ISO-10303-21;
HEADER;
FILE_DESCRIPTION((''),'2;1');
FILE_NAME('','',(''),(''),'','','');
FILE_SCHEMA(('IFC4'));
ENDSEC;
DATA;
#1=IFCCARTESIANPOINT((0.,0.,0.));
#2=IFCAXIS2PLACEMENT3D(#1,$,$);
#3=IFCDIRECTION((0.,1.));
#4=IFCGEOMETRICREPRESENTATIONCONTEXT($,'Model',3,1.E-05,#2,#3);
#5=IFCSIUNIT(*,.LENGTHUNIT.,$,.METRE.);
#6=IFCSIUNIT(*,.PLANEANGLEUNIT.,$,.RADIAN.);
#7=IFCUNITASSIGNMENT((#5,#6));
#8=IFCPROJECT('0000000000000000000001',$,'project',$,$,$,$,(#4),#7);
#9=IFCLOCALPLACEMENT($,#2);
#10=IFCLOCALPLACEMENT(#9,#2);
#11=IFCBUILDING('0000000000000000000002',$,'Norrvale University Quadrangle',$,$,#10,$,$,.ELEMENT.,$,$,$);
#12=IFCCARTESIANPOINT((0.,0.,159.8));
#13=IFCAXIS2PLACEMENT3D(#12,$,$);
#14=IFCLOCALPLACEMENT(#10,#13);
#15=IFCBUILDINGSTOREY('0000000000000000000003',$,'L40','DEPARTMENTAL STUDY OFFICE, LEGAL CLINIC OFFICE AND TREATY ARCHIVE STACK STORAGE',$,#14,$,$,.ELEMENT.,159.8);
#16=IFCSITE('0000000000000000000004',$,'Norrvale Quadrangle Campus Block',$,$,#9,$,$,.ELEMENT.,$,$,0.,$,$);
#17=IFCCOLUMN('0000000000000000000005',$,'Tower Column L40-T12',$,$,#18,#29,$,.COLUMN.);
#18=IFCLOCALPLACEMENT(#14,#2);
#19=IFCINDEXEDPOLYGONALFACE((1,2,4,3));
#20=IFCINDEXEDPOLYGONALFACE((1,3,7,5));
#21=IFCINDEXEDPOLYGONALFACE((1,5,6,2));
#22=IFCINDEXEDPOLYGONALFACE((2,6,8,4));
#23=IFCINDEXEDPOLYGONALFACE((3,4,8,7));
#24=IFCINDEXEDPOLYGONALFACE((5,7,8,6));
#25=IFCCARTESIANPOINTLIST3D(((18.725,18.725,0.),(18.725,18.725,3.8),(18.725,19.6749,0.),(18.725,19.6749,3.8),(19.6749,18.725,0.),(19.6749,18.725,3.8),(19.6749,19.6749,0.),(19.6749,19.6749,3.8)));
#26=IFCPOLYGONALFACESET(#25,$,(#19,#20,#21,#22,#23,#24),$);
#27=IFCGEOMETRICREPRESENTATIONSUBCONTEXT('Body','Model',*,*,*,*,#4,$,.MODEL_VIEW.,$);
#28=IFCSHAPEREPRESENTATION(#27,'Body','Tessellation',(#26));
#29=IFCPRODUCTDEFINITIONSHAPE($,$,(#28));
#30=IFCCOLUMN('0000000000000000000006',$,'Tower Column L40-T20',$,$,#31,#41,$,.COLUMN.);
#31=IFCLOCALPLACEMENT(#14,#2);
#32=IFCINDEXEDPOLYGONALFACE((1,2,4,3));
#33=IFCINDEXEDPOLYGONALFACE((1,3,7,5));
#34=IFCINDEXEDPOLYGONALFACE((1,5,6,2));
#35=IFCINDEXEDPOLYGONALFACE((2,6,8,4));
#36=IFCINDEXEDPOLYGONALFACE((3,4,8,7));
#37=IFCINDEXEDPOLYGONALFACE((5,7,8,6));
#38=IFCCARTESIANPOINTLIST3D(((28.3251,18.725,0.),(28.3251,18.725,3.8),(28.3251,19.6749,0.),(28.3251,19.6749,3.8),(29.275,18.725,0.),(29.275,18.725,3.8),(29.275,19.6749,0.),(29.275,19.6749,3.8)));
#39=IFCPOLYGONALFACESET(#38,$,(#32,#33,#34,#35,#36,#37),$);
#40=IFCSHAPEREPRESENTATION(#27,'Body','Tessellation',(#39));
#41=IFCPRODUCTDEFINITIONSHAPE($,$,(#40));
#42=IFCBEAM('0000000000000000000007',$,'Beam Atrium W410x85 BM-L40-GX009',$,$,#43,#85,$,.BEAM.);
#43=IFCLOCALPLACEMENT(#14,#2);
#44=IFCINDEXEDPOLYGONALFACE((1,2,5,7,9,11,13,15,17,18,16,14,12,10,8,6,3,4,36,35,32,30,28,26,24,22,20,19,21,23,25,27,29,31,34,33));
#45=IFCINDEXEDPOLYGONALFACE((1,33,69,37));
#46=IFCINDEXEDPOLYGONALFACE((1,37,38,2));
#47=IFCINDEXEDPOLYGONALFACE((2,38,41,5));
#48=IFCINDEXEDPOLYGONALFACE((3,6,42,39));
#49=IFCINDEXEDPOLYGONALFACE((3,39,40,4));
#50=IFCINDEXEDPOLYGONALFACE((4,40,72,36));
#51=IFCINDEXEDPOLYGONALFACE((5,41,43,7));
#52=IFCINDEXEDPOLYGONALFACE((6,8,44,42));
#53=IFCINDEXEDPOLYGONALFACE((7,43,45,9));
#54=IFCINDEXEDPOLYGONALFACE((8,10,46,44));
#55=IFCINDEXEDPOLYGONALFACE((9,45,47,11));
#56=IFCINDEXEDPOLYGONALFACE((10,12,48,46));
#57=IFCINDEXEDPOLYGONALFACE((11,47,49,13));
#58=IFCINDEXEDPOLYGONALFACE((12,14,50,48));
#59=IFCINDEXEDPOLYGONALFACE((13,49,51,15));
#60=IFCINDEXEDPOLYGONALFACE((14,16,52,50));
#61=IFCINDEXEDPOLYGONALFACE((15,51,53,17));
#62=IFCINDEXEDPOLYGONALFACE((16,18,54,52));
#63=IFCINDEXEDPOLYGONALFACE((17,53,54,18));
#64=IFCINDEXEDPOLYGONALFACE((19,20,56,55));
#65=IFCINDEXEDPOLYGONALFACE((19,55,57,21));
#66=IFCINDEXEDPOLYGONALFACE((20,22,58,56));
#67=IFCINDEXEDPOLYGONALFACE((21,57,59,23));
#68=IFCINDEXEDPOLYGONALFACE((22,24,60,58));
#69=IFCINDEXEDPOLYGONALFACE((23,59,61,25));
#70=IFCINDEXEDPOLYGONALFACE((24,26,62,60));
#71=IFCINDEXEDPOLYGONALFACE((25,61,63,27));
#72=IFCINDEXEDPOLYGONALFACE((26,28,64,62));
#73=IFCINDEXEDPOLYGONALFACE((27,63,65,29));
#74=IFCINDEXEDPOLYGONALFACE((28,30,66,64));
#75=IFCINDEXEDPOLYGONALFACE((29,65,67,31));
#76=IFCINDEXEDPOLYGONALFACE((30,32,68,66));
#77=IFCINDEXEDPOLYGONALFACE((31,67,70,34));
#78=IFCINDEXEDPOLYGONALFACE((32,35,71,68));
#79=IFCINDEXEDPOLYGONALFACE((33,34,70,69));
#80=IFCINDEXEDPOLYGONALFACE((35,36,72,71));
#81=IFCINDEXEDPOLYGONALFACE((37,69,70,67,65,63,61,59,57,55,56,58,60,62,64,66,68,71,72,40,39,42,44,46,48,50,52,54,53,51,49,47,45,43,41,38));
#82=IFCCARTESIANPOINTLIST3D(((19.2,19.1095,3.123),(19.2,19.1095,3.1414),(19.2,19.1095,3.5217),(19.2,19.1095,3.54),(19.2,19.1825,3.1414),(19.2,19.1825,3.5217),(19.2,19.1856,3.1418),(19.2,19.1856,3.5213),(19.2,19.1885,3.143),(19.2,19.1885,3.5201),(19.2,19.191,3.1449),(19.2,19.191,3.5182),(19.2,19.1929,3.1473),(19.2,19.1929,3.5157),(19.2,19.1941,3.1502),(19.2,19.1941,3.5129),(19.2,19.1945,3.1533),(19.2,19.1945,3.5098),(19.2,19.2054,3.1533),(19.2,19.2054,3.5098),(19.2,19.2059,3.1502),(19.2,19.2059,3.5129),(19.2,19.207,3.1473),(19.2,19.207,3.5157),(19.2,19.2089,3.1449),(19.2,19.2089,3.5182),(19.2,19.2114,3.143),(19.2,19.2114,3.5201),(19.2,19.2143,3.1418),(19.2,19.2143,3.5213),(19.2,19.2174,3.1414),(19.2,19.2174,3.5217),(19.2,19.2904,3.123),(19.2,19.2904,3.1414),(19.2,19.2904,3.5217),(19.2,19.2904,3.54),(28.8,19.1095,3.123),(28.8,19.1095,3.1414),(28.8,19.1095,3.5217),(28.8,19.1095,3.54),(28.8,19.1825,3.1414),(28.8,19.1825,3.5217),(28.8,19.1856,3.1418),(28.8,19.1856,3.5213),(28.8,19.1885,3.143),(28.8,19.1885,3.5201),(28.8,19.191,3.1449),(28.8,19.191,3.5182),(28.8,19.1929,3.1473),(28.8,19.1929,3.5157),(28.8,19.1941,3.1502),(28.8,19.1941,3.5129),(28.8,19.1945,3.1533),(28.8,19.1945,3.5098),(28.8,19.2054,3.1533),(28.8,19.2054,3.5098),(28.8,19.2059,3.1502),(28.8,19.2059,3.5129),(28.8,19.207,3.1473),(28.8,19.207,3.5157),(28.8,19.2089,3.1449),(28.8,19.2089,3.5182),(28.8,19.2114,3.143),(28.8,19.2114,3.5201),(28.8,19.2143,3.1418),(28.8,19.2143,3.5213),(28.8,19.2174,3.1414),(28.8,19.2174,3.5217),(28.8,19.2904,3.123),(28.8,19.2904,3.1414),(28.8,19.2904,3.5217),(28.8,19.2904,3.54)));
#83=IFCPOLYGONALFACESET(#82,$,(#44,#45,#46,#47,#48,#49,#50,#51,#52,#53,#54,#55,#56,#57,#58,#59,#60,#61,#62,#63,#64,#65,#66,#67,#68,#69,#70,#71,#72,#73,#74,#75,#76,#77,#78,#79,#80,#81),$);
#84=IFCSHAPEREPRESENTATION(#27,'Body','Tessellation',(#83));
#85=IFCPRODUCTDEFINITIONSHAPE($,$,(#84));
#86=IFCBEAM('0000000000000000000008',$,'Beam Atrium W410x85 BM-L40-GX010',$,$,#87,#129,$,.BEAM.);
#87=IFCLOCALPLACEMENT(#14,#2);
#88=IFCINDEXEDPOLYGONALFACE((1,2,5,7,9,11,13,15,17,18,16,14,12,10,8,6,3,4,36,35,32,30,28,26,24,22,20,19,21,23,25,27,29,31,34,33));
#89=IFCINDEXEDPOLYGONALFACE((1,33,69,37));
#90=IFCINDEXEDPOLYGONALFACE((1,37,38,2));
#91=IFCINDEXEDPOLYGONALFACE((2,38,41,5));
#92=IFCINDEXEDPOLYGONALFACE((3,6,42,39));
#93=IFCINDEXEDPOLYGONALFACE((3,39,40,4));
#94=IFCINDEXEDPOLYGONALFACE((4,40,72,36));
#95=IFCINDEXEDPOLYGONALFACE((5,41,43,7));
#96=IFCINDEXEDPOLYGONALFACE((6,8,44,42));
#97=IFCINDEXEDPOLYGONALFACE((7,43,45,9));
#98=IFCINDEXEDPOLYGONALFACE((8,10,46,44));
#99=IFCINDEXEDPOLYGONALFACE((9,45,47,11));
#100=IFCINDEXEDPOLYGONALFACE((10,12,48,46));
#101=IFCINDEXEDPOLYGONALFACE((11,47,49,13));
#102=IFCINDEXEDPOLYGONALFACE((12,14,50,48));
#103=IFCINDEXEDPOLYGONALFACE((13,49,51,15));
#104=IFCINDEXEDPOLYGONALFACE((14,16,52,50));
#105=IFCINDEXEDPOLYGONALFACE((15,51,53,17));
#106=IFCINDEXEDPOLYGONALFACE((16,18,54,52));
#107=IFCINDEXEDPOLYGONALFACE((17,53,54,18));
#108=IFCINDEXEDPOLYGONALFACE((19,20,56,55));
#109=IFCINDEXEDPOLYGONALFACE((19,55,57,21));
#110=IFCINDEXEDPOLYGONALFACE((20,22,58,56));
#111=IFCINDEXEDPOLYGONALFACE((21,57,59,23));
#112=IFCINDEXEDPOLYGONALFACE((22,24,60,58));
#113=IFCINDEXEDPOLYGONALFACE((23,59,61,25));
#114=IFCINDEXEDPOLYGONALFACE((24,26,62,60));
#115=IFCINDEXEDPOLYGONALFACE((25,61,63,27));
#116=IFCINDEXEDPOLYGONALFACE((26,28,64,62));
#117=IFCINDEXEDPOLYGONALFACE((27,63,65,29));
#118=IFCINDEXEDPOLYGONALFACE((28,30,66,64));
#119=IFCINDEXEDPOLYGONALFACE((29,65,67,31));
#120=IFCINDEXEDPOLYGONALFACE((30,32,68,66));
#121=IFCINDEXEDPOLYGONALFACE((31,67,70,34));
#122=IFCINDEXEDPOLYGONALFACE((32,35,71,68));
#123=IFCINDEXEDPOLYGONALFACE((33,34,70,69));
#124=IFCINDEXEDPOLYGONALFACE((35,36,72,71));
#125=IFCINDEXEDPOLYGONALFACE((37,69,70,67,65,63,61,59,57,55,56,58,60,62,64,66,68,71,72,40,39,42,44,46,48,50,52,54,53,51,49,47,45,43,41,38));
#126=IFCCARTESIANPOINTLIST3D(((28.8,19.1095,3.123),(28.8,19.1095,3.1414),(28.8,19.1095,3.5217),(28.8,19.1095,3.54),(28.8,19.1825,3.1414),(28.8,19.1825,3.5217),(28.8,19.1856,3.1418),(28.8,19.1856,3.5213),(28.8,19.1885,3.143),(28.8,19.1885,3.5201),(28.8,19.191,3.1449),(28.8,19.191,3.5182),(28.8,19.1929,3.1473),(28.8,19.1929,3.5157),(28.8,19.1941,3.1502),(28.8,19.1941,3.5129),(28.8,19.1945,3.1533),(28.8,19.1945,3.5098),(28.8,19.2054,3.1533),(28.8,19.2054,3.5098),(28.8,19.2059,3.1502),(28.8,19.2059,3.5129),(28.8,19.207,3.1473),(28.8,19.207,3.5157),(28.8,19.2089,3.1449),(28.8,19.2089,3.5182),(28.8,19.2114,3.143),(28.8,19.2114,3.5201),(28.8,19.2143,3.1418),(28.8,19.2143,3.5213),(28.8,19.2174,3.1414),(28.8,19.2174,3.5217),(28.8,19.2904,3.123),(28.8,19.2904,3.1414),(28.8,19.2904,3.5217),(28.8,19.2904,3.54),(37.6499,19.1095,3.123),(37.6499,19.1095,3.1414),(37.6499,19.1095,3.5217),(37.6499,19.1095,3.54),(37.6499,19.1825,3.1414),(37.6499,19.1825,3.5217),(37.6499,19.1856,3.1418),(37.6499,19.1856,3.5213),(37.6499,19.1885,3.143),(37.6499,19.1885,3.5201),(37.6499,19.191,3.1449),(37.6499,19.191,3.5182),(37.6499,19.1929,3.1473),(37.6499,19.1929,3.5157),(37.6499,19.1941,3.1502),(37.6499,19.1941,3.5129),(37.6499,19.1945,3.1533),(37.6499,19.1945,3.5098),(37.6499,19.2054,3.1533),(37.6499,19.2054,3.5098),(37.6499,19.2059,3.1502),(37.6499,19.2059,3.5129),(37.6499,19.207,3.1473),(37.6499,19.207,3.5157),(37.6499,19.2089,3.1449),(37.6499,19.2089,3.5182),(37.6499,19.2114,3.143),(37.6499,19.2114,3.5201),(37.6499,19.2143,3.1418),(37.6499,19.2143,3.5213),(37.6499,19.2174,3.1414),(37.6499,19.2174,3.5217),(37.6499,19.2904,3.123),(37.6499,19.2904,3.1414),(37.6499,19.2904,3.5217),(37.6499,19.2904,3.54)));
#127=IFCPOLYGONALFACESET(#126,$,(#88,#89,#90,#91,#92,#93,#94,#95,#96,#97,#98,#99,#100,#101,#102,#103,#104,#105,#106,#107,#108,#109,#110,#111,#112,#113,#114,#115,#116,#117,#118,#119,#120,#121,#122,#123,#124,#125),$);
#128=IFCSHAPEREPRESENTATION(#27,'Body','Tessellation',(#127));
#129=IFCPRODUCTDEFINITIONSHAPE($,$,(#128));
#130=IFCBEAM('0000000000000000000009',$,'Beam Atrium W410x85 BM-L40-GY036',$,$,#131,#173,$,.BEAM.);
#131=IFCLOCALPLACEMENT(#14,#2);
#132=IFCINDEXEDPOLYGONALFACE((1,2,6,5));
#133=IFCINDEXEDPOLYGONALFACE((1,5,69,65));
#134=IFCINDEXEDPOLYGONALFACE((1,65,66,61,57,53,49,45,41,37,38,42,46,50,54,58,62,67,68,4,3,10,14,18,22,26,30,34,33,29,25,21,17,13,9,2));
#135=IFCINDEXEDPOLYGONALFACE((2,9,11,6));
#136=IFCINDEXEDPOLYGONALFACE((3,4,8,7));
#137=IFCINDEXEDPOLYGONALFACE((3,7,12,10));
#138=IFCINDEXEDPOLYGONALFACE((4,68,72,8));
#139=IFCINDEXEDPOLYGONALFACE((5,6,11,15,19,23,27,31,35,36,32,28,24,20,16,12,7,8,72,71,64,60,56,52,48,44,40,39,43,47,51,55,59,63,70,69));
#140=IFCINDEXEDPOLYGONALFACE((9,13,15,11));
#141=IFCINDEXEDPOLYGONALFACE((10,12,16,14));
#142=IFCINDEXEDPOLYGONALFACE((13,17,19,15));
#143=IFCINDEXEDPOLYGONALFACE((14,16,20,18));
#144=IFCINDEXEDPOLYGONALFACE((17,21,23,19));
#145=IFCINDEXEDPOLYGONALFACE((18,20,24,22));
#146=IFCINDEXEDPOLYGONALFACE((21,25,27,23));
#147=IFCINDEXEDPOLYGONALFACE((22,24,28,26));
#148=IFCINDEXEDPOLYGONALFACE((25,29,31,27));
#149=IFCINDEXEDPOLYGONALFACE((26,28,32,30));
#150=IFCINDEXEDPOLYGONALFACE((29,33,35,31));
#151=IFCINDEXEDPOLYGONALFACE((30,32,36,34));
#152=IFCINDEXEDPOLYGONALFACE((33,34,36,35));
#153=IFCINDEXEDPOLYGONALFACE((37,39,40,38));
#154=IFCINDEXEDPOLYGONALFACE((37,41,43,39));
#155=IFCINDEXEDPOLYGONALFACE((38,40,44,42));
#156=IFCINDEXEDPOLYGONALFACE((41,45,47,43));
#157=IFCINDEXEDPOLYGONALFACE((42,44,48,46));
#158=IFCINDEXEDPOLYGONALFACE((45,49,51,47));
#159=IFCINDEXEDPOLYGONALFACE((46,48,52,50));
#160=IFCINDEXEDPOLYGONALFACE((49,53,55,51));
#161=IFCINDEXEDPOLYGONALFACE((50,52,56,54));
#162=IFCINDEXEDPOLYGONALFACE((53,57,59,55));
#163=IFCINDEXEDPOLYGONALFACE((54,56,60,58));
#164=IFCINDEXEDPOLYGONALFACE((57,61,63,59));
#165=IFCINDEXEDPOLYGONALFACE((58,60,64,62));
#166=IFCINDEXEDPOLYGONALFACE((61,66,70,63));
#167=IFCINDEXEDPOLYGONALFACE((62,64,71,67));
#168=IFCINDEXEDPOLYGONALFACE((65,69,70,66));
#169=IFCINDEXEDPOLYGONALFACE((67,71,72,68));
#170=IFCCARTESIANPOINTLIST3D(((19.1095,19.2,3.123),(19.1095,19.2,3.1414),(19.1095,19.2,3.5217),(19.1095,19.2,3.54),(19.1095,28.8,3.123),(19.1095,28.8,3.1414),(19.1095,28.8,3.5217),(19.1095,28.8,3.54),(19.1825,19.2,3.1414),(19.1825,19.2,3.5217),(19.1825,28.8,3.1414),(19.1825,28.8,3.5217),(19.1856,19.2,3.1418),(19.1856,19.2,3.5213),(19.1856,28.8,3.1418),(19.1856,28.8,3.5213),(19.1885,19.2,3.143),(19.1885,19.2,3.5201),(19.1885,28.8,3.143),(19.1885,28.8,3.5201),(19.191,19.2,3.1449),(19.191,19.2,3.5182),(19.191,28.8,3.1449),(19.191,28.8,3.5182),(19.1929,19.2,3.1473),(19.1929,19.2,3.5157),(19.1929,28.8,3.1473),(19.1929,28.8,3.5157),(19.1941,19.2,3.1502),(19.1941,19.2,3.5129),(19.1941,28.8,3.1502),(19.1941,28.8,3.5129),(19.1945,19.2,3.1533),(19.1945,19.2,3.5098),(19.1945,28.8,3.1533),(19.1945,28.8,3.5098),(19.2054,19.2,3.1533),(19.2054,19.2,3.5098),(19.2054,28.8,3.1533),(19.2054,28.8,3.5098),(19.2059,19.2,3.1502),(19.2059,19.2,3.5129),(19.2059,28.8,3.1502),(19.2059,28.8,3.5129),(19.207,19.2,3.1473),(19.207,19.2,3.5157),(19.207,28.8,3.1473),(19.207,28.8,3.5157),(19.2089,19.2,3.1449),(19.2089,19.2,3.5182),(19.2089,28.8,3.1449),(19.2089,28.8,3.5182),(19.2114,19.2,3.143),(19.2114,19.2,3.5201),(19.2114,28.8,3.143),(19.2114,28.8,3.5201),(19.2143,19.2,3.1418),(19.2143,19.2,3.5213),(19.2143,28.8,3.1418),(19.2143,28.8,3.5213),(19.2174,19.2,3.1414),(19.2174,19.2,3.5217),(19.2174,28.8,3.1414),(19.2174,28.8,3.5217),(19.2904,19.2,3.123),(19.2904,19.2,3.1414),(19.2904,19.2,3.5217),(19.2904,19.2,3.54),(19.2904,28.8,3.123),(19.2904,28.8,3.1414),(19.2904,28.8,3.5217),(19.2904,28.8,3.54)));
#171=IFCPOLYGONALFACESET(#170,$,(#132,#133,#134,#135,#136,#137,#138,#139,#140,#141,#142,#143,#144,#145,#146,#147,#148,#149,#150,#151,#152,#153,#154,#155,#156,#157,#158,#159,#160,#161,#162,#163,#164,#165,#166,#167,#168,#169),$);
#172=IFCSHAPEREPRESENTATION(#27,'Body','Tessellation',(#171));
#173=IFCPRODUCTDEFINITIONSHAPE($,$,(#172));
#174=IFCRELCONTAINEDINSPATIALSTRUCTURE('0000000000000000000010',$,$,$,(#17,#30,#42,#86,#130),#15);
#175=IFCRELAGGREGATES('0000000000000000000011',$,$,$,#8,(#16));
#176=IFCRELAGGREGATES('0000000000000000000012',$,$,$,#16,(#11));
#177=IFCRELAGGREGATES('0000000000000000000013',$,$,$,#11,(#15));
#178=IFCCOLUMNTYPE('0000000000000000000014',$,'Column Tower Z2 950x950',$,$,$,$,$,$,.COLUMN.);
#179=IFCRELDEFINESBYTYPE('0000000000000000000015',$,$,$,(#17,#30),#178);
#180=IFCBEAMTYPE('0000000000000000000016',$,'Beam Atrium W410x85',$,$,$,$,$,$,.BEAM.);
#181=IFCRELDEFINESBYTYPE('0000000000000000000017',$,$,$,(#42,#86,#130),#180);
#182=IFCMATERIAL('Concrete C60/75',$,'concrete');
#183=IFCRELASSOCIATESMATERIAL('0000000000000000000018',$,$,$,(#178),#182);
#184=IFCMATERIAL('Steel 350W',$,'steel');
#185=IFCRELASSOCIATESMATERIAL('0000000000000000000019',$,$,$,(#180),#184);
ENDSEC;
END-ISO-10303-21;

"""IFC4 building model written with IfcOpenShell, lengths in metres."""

from ifc_helpers import new_model, si_unit, direction, frame, origin, origin_2d, place, context, subcontext, project, spatial, rectangle, i_section, extrude, material, material_profile, profile_set, type_object, element, save


model = new_model("IFC4")

# Units and contexts
model_context = context("Model", 3, precision=1e-05, world=origin(), true_north=direction((0.0, 1.0)))
body_context = subcontext(model_context, "Body", "Model", "MODEL_VIEW")
ifc_project = project(units=[si_unit("LENGTHUNIT", "METRE"), si_unit("PLANEANGLEUNIT", "RADIAN")], contexts=[model_context])

# Site, building, storey
site_placement = place(None, origin())
site = spatial("IfcSite", under=ifc_project, at=site_placement, Name="Norrvale Quadrangle Campus Block", CompositionType="ELEMENT", RefElevation=0.0)
building_placement = place(site_placement, origin())
building = spatial("IfcBuilding", under=site, at=building_placement, Name="Norrvale University Quadrangle", CompositionType="ELEMENT")
storey_placement = place(building_placement, frame((0.0, 0.0, 159.8)))
storey = spatial("IfcBuildingStorey", under=building, at=storey_placement, Name="L40", Description="DEPARTMENTAL STUDY OFFICE, LEGAL CLINIC OFFICE AND TREATY ARCHIVE STACK STORAGE", CompositionType="ELEMENT", Elevation=159.8)

# Columns
ifc_material_1 = material(Name="Concrete C60/75", Category="concrete")
ifc_material_profile_1 = material_profile(ifc_material_1, rectangle(XDim=0.95, YDim=0.95, at=origin_2d()), Name="Concrete C60/75")
ifc_profile_set_1 = profile_set([ifc_material_profile_1], Name="Concrete C60/75")
column_type = type_object("IfcColumnType", Name="Column Tower Z2 950x950", PredefinedType="COLUMN", material=ifc_profile_set_1)
for number, where, z_axis, x_axis, name in (
    (1, (19.2, 19.2, 0.0), (0.0, 0.0, 1.0), (1.0, 0.0, 0.0), "Tower Column L40-T12"),
    (2, (28.8, 19.2, 0.0), (0.0, 0.0, 1.0), (1.0, 0.0, 0.0), "Tower Column L40-T20"),
):
    element("IfcColumn", number, at=place(storey_placement, frame(where, z_axis=z_axis, x_axis=x_axis)), inside=storey, type_object=column_type, Name=name, PredefinedType="COLUMN", context=body_context, shape_type="SweptSolid", body=[
        extrude(rectangle(XDim=0.95, YDim=0.95, at=origin_2d()), origin(), (0.0, 0.0, 1.0), 3.8),
    ])

# Beams
ifc_material_2 = material(Name="Steel 350W", Category="steel")
ifc_material_profile_2 = material_profile(ifc_material_2, i_section(OverallWidth=0.1809, OverallDepth=0.417, WebThickness=0.011, FlangeThickness=0.0183, FilletRadius=0.012, at=origin_2d()), Name="Steel 350W")
ifc_profile_set_2 = profile_set([ifc_material_profile_2], Name="Steel 350W")
beam_type_1 = type_object("IfcBeamType", Name="Beam Atrium W410x85", PredefinedType="BEAM", material=ifc_profile_set_2)
beam_1_placement = place(storey_placement, frame((19.2, 19.2, 3.3315), z_axis=(1.0, 0.0, 0.0), x_axis=(0.0, 1.0, 0.0)))
element("IfcBeam", 3, at=beam_1_placement, inside=storey, type_object=beam_type_1, Name="Beam Atrium W410x85 BM-L40-GX009", PredefinedType="BEAM", context=body_context, shape_type="SweptSolid", body=[
    extrude(i_section(OverallWidth=0.1809, OverallDepth=0.417, WebThickness=0.011, FlangeThickness=0.0183, FilletRadius=0.012, at=origin_2d()), origin(), (0.0, 0.0, 1.0), 9.6001),
])
beam_2_placement = place(storey_placement, frame((28.8, 19.2, 3.3315), z_axis=(1.0, 0.0, 0.0), x_axis=(0.0, 1.0, 0.0)))
element("IfcBeam", 4, at=beam_2_placement, inside=storey, type_object=beam_type_1, Name="Beam Atrium W410x85 BM-L40-GX010", PredefinedType="BEAM", context=body_context, shape_type="SweptSolid", body=[
    extrude(i_section(OverallWidth=0.1809, OverallDepth=0.417, WebThickness=0.011, FlangeThickness=0.0183, FilletRadius=0.012, at=origin_2d()), origin(), (0.0, 0.0, 1.0), 8.8499),
])
for number, where, z_axis, x_axis, name in (
    (5, (19.2, 19.2, 3.3315), (0.0, 1.0, 0.0), (-1.0, 0.0, 0.0), "Beam Atrium W410x85 BM-L40-GY036"),
):
    element("IfcBeam", number, at=place(storey_placement, frame(where, z_axis=z_axis, x_axis=x_axis)), inside=storey, type_object=beam_type_1, Name=name, PredefinedType="BEAM", context=body_context, shape_type="SweptSolid", body=[
        extrude(i_section(OverallWidth=0.1809, OverallDepth=0.417, WebThickness=0.011, FlangeThickness=0.0183, FilletRadius=0.012, at=origin_2d()), origin(), (0.0, 0.0, 1.0), 9.6001),
    ])

save(model, "model.ifc")
